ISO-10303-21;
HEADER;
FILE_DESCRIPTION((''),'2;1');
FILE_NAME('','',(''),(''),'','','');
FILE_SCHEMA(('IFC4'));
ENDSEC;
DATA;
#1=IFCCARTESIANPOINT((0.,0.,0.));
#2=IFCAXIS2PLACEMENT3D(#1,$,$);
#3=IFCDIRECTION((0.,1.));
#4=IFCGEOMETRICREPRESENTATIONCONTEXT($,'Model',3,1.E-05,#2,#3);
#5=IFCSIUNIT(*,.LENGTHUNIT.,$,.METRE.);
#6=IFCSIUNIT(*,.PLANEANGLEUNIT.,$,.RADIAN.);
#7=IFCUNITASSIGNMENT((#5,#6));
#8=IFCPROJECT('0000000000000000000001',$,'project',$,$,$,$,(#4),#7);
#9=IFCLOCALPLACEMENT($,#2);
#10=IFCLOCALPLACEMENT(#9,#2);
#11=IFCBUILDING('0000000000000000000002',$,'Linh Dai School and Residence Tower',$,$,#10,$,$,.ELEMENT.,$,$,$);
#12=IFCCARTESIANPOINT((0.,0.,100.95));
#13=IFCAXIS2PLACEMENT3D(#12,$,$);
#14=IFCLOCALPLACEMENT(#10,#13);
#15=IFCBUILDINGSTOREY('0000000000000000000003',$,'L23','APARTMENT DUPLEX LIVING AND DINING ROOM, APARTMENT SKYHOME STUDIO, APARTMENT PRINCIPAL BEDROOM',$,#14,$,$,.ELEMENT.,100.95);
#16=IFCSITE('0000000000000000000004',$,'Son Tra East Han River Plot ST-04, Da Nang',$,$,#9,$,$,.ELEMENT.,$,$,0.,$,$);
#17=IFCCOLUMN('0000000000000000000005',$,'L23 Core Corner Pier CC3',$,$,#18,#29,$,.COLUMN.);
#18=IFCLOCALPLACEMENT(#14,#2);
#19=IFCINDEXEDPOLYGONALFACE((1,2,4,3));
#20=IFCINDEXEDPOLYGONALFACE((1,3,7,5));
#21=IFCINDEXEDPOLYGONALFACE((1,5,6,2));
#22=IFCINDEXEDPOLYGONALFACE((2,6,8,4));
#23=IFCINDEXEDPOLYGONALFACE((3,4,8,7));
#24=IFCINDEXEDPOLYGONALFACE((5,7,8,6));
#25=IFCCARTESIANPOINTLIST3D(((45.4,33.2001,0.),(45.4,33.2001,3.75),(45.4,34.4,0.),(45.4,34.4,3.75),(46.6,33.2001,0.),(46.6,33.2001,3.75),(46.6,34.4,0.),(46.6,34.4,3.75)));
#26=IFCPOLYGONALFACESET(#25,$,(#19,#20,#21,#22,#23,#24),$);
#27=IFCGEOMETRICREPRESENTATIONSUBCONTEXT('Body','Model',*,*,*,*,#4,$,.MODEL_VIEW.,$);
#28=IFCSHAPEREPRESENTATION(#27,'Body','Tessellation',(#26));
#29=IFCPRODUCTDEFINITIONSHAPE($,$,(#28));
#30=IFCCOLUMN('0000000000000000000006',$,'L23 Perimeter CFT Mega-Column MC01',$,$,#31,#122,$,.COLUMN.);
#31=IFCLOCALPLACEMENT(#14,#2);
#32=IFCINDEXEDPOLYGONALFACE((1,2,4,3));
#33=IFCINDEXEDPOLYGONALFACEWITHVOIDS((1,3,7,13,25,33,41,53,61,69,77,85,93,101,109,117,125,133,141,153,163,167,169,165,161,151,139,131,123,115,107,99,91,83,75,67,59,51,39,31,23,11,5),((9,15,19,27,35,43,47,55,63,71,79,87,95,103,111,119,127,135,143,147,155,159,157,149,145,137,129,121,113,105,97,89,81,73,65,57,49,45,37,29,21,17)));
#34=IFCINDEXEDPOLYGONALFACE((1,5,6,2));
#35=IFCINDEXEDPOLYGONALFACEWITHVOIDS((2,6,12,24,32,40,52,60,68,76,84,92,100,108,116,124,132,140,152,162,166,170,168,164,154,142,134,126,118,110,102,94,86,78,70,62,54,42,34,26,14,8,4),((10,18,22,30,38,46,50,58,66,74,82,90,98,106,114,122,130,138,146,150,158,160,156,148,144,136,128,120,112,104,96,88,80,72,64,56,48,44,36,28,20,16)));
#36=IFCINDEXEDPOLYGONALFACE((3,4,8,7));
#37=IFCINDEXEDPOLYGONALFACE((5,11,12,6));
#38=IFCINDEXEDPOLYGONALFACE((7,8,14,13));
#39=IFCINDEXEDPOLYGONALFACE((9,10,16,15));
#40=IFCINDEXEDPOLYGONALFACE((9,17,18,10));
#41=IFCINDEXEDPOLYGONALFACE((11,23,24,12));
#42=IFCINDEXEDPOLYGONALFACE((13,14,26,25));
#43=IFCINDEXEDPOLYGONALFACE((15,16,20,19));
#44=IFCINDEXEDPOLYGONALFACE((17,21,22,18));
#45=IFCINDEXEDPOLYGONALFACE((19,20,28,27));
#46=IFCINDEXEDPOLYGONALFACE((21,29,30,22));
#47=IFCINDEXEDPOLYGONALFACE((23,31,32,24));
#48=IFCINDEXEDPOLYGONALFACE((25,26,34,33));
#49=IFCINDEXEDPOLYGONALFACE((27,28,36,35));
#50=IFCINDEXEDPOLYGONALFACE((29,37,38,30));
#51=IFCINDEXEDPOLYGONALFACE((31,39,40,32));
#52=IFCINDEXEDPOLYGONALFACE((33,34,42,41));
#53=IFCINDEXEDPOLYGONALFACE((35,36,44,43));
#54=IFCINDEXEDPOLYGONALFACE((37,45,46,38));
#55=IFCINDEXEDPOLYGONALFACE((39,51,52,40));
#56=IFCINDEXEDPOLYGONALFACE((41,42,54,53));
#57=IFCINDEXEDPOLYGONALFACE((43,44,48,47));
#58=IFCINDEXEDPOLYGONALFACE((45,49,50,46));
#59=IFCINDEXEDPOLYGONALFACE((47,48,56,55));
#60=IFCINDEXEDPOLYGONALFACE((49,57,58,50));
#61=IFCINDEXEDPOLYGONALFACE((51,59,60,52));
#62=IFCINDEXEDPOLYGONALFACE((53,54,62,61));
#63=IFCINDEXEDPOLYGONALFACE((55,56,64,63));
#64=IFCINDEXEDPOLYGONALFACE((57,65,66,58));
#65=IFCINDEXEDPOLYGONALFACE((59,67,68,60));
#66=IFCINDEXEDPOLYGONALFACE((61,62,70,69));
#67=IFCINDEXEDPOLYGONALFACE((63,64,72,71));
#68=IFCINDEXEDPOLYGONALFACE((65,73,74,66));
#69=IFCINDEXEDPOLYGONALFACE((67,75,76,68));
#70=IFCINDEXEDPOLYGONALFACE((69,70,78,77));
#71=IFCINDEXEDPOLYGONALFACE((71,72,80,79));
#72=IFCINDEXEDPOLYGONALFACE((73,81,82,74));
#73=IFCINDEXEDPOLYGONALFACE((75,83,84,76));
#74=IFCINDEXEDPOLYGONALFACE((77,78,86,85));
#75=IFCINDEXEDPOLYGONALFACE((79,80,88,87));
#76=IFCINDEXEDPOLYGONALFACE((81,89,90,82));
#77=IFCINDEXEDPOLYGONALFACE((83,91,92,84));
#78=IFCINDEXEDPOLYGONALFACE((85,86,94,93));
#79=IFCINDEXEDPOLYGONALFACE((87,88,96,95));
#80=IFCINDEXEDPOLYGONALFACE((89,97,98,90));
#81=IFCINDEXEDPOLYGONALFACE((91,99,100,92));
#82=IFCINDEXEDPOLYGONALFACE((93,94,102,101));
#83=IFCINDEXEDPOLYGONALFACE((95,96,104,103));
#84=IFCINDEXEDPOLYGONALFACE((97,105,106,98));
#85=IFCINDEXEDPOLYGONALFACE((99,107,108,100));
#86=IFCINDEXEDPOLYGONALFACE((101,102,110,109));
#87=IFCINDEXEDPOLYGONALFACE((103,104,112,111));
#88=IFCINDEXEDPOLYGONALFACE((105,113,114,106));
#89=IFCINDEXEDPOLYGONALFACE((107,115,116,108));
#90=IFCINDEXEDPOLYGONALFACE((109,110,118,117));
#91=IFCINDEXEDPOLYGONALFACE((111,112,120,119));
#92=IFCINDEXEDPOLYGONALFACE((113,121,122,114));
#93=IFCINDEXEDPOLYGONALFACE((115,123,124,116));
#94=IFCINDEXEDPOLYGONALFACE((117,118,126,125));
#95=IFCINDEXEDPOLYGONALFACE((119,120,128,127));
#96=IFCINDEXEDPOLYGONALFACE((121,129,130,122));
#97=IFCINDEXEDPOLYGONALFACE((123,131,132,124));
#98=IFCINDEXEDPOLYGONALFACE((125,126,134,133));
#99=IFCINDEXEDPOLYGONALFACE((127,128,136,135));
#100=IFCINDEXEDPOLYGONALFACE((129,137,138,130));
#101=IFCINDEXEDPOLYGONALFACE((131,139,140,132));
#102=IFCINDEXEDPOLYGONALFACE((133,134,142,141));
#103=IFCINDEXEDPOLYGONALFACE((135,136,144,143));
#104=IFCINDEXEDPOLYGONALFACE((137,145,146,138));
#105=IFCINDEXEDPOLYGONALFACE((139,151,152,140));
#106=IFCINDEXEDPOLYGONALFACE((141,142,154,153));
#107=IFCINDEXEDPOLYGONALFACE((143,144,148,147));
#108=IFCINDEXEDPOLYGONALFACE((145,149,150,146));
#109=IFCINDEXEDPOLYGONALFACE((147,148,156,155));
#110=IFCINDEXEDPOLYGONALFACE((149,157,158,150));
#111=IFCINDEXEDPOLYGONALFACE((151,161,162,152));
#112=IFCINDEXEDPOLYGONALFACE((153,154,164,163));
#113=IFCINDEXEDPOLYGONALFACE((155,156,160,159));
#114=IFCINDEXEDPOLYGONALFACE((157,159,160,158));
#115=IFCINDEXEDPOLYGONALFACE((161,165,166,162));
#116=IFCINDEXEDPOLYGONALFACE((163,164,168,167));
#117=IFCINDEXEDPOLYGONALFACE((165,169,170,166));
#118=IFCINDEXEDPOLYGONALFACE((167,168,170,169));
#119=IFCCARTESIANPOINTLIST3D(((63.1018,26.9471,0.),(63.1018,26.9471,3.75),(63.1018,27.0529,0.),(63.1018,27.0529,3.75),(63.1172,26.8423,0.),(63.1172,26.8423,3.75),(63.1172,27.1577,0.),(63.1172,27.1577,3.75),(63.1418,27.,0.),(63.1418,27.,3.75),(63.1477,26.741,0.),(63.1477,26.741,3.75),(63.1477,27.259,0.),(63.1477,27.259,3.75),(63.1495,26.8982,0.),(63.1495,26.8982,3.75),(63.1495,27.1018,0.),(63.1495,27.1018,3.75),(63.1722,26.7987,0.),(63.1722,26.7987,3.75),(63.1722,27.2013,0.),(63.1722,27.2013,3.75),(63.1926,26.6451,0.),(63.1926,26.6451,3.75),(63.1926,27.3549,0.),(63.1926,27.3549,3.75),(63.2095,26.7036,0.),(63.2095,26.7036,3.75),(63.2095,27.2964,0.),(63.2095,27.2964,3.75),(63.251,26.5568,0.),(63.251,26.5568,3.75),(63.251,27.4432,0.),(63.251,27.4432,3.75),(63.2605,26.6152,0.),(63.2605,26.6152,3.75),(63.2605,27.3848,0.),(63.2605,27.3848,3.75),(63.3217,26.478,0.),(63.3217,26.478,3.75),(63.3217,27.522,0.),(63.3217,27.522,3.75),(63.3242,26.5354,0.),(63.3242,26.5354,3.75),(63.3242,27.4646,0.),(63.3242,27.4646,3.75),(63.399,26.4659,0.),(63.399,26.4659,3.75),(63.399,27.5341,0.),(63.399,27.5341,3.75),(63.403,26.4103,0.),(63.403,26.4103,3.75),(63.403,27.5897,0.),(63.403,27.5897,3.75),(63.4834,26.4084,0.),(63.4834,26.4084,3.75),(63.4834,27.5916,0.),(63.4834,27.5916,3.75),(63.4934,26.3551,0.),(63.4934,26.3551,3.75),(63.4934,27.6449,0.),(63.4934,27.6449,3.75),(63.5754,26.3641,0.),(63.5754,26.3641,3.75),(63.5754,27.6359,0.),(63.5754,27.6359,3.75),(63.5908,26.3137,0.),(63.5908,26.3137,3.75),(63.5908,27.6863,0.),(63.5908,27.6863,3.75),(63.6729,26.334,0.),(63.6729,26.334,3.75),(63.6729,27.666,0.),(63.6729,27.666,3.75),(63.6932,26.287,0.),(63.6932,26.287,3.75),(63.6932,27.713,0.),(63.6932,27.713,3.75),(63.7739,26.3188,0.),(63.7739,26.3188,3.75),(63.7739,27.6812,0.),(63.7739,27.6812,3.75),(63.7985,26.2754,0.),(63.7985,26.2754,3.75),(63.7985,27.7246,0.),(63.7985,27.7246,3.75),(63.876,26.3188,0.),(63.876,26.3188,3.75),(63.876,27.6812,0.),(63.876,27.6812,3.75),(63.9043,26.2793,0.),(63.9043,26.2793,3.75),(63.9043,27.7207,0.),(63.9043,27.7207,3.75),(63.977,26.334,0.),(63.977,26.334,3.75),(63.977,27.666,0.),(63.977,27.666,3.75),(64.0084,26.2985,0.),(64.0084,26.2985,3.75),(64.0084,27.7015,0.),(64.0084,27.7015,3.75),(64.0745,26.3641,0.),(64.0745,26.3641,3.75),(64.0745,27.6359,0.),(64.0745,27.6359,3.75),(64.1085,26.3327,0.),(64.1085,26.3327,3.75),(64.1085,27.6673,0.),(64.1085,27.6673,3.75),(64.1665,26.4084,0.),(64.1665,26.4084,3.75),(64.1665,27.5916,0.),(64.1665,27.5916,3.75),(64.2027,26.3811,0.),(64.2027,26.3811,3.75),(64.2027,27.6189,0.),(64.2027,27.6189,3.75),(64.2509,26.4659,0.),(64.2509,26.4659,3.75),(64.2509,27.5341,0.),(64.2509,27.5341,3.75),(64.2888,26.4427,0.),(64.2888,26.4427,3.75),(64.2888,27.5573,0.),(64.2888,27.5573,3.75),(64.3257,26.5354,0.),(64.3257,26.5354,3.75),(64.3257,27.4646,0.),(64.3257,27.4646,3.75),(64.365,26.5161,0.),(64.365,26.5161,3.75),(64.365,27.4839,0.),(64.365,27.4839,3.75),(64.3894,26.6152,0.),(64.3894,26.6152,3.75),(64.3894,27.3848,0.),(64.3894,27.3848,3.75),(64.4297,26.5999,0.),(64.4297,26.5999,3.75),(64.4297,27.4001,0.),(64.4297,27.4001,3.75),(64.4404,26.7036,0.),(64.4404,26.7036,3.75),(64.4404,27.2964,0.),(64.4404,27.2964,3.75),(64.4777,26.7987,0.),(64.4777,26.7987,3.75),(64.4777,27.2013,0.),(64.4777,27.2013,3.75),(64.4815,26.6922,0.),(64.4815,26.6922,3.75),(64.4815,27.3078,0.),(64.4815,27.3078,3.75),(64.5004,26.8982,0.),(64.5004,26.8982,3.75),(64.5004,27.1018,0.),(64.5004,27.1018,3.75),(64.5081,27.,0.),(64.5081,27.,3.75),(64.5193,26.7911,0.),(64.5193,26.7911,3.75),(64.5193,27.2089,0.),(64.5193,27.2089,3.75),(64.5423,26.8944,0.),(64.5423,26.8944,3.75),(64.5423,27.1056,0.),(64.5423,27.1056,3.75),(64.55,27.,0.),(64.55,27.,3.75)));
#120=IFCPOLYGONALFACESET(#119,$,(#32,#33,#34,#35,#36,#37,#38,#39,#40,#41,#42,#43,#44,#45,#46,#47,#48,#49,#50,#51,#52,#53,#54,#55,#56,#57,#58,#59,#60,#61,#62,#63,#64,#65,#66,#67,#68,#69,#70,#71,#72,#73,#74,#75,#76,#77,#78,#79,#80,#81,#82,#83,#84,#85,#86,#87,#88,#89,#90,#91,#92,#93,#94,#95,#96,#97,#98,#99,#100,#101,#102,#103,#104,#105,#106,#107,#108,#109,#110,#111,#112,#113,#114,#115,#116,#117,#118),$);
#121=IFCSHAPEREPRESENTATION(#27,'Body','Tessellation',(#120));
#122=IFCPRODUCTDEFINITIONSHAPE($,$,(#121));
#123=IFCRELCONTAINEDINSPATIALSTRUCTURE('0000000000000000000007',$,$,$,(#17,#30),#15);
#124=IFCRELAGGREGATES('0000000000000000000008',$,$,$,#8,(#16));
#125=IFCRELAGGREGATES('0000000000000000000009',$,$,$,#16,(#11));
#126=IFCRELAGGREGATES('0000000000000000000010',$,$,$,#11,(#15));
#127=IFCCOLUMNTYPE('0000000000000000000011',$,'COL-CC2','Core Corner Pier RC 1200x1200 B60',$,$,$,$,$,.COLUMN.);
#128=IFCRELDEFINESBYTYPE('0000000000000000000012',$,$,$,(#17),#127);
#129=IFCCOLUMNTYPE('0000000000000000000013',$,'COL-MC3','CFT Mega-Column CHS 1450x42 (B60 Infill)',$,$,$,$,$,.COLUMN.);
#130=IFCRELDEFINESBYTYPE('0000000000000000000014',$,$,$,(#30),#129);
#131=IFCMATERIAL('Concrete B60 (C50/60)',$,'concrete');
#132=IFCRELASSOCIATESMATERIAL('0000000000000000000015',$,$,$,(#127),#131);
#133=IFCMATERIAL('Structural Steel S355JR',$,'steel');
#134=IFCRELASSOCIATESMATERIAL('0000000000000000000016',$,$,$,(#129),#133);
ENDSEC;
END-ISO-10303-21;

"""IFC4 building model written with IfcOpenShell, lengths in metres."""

from ifc_helpers import new_model, si_unit, direction, frame, origin, origin_2d, place, context, subcontext, project, spatial, rectangle, hollow_circle, extrude, material, material_profile, profile_set, type_object, element, save


model = new_model("IFC4")

# Units and contexts
model_context = context("Model", 3, precision=1e-05, world=origin(), true_north=direction((0.0, 1.0)))
body_context = subcontext(model_context, "Body", "Model", "MODEL_VIEW")
ifc_project = project(units=[si_unit("LENGTHUNIT", "METRE"), si_unit("PLANEANGLEUNIT", "RADIAN")], contexts=[model_context])

# Site, building, storey
site_placement = place(None, origin())
site = spatial("IfcSite", under=ifc_project, at=site_placement, Name="Son Tra East Han River Plot ST-04, Da Nang", CompositionType="ELEMENT", RefElevation=0.0)
building_placement = place(site_placement, origin())
building = spatial("IfcBuilding", under=site, at=building_placement, Name="Linh Dai School and Residence Tower", CompositionType="ELEMENT")
storey_placement = place(building_placement, frame((0.0, 0.0, 100.95)))
storey = spatial("IfcBuildingStorey", under=building, at=storey_placement, Name="L23", Description="APARTMENT DUPLEX LIVING AND DINING ROOM, APARTMENT SKYHOME STUDIO, APARTMENT PRINCIPAL BEDROOM", CompositionType="ELEMENT", Elevation=100.95)

# Columns
ifc_material_1 = material(Name="Concrete B60 (C50/60)", Category="concrete")
ifc_material_profile_1 = material_profile(ifc_material_1, rectangle(XDim=1.2, YDim=1.2, at=origin_2d()), Name="RC 1200x1200")
ifc_profile_set_1 = profile_set([ifc_material_profile_1], Name="Concrete B60 (C50/60)")
column_type_1 = type_object("IfcColumnType", Name="COL-CC2", Description="Core Corner Pier RC 1200x1200 B60", PredefinedType="COLUMN", material=ifc_profile_set_1)
column_placement = place(storey_placement, frame((46.0, 33.8, 0.0), z_axis=(0.0, 0.0, 1.0), x_axis=(1.0, 0.0, 0.0)))
element("IfcColumn", 1, at=column_placement, inside=storey, type_object=column_type_1, Name="L23 Core Corner Pier CC3", PredefinedType="COLUMN", context=body_context, shape_type="SweptSolid", body=[
    extrude(rectangle(XDim=1.2, YDim=1.2, at=origin_2d()), origin(), (0.0, 0.0, 1.0), 3.75),
])
ifc_material_2 = material(Name="Structural Steel S355JR", Category="steel")
ifc_material_profile_2 = material_profile(ifc_material_2, hollow_circle(Radius=0.7251, WallThickness=0.042, at=origin_2d()), Name="CHS 1450x42")
ifc_profile_set_2 = profile_set([ifc_material_profile_2], Name="Structural Steel S355JR")
column_type_2 = type_object("IfcColumnType", Name="COL-MC3", Description="CFT Mega-Column CHS 1450x42 (B60 Infill)", PredefinedType="COLUMN", material=ifc_profile_set_2)
for number, where, z_axis, x_axis, name in (
    (2, (63.825, 27.0, 0.0), (0.0, 0.0, 1.0), (1.0, 0.0, 0.0), "L23 Perimeter CFT Mega-Column MC01"),
):
    element("IfcColumn", number, at=place(storey_placement, frame(where, z_axis=z_axis, x_axis=x_axis)), inside=storey, type_object=column_type_2, Name=name, PredefinedType="COLUMN", context=body_context, shape_type="SweptSolid", body=[
        extrude(hollow_circle(Radius=0.7251, WallThickness=0.042, at=origin_2d()), origin(), (0.0, 0.0, 1.0), 3.75),
    ])

save(model, "model.ifc")
